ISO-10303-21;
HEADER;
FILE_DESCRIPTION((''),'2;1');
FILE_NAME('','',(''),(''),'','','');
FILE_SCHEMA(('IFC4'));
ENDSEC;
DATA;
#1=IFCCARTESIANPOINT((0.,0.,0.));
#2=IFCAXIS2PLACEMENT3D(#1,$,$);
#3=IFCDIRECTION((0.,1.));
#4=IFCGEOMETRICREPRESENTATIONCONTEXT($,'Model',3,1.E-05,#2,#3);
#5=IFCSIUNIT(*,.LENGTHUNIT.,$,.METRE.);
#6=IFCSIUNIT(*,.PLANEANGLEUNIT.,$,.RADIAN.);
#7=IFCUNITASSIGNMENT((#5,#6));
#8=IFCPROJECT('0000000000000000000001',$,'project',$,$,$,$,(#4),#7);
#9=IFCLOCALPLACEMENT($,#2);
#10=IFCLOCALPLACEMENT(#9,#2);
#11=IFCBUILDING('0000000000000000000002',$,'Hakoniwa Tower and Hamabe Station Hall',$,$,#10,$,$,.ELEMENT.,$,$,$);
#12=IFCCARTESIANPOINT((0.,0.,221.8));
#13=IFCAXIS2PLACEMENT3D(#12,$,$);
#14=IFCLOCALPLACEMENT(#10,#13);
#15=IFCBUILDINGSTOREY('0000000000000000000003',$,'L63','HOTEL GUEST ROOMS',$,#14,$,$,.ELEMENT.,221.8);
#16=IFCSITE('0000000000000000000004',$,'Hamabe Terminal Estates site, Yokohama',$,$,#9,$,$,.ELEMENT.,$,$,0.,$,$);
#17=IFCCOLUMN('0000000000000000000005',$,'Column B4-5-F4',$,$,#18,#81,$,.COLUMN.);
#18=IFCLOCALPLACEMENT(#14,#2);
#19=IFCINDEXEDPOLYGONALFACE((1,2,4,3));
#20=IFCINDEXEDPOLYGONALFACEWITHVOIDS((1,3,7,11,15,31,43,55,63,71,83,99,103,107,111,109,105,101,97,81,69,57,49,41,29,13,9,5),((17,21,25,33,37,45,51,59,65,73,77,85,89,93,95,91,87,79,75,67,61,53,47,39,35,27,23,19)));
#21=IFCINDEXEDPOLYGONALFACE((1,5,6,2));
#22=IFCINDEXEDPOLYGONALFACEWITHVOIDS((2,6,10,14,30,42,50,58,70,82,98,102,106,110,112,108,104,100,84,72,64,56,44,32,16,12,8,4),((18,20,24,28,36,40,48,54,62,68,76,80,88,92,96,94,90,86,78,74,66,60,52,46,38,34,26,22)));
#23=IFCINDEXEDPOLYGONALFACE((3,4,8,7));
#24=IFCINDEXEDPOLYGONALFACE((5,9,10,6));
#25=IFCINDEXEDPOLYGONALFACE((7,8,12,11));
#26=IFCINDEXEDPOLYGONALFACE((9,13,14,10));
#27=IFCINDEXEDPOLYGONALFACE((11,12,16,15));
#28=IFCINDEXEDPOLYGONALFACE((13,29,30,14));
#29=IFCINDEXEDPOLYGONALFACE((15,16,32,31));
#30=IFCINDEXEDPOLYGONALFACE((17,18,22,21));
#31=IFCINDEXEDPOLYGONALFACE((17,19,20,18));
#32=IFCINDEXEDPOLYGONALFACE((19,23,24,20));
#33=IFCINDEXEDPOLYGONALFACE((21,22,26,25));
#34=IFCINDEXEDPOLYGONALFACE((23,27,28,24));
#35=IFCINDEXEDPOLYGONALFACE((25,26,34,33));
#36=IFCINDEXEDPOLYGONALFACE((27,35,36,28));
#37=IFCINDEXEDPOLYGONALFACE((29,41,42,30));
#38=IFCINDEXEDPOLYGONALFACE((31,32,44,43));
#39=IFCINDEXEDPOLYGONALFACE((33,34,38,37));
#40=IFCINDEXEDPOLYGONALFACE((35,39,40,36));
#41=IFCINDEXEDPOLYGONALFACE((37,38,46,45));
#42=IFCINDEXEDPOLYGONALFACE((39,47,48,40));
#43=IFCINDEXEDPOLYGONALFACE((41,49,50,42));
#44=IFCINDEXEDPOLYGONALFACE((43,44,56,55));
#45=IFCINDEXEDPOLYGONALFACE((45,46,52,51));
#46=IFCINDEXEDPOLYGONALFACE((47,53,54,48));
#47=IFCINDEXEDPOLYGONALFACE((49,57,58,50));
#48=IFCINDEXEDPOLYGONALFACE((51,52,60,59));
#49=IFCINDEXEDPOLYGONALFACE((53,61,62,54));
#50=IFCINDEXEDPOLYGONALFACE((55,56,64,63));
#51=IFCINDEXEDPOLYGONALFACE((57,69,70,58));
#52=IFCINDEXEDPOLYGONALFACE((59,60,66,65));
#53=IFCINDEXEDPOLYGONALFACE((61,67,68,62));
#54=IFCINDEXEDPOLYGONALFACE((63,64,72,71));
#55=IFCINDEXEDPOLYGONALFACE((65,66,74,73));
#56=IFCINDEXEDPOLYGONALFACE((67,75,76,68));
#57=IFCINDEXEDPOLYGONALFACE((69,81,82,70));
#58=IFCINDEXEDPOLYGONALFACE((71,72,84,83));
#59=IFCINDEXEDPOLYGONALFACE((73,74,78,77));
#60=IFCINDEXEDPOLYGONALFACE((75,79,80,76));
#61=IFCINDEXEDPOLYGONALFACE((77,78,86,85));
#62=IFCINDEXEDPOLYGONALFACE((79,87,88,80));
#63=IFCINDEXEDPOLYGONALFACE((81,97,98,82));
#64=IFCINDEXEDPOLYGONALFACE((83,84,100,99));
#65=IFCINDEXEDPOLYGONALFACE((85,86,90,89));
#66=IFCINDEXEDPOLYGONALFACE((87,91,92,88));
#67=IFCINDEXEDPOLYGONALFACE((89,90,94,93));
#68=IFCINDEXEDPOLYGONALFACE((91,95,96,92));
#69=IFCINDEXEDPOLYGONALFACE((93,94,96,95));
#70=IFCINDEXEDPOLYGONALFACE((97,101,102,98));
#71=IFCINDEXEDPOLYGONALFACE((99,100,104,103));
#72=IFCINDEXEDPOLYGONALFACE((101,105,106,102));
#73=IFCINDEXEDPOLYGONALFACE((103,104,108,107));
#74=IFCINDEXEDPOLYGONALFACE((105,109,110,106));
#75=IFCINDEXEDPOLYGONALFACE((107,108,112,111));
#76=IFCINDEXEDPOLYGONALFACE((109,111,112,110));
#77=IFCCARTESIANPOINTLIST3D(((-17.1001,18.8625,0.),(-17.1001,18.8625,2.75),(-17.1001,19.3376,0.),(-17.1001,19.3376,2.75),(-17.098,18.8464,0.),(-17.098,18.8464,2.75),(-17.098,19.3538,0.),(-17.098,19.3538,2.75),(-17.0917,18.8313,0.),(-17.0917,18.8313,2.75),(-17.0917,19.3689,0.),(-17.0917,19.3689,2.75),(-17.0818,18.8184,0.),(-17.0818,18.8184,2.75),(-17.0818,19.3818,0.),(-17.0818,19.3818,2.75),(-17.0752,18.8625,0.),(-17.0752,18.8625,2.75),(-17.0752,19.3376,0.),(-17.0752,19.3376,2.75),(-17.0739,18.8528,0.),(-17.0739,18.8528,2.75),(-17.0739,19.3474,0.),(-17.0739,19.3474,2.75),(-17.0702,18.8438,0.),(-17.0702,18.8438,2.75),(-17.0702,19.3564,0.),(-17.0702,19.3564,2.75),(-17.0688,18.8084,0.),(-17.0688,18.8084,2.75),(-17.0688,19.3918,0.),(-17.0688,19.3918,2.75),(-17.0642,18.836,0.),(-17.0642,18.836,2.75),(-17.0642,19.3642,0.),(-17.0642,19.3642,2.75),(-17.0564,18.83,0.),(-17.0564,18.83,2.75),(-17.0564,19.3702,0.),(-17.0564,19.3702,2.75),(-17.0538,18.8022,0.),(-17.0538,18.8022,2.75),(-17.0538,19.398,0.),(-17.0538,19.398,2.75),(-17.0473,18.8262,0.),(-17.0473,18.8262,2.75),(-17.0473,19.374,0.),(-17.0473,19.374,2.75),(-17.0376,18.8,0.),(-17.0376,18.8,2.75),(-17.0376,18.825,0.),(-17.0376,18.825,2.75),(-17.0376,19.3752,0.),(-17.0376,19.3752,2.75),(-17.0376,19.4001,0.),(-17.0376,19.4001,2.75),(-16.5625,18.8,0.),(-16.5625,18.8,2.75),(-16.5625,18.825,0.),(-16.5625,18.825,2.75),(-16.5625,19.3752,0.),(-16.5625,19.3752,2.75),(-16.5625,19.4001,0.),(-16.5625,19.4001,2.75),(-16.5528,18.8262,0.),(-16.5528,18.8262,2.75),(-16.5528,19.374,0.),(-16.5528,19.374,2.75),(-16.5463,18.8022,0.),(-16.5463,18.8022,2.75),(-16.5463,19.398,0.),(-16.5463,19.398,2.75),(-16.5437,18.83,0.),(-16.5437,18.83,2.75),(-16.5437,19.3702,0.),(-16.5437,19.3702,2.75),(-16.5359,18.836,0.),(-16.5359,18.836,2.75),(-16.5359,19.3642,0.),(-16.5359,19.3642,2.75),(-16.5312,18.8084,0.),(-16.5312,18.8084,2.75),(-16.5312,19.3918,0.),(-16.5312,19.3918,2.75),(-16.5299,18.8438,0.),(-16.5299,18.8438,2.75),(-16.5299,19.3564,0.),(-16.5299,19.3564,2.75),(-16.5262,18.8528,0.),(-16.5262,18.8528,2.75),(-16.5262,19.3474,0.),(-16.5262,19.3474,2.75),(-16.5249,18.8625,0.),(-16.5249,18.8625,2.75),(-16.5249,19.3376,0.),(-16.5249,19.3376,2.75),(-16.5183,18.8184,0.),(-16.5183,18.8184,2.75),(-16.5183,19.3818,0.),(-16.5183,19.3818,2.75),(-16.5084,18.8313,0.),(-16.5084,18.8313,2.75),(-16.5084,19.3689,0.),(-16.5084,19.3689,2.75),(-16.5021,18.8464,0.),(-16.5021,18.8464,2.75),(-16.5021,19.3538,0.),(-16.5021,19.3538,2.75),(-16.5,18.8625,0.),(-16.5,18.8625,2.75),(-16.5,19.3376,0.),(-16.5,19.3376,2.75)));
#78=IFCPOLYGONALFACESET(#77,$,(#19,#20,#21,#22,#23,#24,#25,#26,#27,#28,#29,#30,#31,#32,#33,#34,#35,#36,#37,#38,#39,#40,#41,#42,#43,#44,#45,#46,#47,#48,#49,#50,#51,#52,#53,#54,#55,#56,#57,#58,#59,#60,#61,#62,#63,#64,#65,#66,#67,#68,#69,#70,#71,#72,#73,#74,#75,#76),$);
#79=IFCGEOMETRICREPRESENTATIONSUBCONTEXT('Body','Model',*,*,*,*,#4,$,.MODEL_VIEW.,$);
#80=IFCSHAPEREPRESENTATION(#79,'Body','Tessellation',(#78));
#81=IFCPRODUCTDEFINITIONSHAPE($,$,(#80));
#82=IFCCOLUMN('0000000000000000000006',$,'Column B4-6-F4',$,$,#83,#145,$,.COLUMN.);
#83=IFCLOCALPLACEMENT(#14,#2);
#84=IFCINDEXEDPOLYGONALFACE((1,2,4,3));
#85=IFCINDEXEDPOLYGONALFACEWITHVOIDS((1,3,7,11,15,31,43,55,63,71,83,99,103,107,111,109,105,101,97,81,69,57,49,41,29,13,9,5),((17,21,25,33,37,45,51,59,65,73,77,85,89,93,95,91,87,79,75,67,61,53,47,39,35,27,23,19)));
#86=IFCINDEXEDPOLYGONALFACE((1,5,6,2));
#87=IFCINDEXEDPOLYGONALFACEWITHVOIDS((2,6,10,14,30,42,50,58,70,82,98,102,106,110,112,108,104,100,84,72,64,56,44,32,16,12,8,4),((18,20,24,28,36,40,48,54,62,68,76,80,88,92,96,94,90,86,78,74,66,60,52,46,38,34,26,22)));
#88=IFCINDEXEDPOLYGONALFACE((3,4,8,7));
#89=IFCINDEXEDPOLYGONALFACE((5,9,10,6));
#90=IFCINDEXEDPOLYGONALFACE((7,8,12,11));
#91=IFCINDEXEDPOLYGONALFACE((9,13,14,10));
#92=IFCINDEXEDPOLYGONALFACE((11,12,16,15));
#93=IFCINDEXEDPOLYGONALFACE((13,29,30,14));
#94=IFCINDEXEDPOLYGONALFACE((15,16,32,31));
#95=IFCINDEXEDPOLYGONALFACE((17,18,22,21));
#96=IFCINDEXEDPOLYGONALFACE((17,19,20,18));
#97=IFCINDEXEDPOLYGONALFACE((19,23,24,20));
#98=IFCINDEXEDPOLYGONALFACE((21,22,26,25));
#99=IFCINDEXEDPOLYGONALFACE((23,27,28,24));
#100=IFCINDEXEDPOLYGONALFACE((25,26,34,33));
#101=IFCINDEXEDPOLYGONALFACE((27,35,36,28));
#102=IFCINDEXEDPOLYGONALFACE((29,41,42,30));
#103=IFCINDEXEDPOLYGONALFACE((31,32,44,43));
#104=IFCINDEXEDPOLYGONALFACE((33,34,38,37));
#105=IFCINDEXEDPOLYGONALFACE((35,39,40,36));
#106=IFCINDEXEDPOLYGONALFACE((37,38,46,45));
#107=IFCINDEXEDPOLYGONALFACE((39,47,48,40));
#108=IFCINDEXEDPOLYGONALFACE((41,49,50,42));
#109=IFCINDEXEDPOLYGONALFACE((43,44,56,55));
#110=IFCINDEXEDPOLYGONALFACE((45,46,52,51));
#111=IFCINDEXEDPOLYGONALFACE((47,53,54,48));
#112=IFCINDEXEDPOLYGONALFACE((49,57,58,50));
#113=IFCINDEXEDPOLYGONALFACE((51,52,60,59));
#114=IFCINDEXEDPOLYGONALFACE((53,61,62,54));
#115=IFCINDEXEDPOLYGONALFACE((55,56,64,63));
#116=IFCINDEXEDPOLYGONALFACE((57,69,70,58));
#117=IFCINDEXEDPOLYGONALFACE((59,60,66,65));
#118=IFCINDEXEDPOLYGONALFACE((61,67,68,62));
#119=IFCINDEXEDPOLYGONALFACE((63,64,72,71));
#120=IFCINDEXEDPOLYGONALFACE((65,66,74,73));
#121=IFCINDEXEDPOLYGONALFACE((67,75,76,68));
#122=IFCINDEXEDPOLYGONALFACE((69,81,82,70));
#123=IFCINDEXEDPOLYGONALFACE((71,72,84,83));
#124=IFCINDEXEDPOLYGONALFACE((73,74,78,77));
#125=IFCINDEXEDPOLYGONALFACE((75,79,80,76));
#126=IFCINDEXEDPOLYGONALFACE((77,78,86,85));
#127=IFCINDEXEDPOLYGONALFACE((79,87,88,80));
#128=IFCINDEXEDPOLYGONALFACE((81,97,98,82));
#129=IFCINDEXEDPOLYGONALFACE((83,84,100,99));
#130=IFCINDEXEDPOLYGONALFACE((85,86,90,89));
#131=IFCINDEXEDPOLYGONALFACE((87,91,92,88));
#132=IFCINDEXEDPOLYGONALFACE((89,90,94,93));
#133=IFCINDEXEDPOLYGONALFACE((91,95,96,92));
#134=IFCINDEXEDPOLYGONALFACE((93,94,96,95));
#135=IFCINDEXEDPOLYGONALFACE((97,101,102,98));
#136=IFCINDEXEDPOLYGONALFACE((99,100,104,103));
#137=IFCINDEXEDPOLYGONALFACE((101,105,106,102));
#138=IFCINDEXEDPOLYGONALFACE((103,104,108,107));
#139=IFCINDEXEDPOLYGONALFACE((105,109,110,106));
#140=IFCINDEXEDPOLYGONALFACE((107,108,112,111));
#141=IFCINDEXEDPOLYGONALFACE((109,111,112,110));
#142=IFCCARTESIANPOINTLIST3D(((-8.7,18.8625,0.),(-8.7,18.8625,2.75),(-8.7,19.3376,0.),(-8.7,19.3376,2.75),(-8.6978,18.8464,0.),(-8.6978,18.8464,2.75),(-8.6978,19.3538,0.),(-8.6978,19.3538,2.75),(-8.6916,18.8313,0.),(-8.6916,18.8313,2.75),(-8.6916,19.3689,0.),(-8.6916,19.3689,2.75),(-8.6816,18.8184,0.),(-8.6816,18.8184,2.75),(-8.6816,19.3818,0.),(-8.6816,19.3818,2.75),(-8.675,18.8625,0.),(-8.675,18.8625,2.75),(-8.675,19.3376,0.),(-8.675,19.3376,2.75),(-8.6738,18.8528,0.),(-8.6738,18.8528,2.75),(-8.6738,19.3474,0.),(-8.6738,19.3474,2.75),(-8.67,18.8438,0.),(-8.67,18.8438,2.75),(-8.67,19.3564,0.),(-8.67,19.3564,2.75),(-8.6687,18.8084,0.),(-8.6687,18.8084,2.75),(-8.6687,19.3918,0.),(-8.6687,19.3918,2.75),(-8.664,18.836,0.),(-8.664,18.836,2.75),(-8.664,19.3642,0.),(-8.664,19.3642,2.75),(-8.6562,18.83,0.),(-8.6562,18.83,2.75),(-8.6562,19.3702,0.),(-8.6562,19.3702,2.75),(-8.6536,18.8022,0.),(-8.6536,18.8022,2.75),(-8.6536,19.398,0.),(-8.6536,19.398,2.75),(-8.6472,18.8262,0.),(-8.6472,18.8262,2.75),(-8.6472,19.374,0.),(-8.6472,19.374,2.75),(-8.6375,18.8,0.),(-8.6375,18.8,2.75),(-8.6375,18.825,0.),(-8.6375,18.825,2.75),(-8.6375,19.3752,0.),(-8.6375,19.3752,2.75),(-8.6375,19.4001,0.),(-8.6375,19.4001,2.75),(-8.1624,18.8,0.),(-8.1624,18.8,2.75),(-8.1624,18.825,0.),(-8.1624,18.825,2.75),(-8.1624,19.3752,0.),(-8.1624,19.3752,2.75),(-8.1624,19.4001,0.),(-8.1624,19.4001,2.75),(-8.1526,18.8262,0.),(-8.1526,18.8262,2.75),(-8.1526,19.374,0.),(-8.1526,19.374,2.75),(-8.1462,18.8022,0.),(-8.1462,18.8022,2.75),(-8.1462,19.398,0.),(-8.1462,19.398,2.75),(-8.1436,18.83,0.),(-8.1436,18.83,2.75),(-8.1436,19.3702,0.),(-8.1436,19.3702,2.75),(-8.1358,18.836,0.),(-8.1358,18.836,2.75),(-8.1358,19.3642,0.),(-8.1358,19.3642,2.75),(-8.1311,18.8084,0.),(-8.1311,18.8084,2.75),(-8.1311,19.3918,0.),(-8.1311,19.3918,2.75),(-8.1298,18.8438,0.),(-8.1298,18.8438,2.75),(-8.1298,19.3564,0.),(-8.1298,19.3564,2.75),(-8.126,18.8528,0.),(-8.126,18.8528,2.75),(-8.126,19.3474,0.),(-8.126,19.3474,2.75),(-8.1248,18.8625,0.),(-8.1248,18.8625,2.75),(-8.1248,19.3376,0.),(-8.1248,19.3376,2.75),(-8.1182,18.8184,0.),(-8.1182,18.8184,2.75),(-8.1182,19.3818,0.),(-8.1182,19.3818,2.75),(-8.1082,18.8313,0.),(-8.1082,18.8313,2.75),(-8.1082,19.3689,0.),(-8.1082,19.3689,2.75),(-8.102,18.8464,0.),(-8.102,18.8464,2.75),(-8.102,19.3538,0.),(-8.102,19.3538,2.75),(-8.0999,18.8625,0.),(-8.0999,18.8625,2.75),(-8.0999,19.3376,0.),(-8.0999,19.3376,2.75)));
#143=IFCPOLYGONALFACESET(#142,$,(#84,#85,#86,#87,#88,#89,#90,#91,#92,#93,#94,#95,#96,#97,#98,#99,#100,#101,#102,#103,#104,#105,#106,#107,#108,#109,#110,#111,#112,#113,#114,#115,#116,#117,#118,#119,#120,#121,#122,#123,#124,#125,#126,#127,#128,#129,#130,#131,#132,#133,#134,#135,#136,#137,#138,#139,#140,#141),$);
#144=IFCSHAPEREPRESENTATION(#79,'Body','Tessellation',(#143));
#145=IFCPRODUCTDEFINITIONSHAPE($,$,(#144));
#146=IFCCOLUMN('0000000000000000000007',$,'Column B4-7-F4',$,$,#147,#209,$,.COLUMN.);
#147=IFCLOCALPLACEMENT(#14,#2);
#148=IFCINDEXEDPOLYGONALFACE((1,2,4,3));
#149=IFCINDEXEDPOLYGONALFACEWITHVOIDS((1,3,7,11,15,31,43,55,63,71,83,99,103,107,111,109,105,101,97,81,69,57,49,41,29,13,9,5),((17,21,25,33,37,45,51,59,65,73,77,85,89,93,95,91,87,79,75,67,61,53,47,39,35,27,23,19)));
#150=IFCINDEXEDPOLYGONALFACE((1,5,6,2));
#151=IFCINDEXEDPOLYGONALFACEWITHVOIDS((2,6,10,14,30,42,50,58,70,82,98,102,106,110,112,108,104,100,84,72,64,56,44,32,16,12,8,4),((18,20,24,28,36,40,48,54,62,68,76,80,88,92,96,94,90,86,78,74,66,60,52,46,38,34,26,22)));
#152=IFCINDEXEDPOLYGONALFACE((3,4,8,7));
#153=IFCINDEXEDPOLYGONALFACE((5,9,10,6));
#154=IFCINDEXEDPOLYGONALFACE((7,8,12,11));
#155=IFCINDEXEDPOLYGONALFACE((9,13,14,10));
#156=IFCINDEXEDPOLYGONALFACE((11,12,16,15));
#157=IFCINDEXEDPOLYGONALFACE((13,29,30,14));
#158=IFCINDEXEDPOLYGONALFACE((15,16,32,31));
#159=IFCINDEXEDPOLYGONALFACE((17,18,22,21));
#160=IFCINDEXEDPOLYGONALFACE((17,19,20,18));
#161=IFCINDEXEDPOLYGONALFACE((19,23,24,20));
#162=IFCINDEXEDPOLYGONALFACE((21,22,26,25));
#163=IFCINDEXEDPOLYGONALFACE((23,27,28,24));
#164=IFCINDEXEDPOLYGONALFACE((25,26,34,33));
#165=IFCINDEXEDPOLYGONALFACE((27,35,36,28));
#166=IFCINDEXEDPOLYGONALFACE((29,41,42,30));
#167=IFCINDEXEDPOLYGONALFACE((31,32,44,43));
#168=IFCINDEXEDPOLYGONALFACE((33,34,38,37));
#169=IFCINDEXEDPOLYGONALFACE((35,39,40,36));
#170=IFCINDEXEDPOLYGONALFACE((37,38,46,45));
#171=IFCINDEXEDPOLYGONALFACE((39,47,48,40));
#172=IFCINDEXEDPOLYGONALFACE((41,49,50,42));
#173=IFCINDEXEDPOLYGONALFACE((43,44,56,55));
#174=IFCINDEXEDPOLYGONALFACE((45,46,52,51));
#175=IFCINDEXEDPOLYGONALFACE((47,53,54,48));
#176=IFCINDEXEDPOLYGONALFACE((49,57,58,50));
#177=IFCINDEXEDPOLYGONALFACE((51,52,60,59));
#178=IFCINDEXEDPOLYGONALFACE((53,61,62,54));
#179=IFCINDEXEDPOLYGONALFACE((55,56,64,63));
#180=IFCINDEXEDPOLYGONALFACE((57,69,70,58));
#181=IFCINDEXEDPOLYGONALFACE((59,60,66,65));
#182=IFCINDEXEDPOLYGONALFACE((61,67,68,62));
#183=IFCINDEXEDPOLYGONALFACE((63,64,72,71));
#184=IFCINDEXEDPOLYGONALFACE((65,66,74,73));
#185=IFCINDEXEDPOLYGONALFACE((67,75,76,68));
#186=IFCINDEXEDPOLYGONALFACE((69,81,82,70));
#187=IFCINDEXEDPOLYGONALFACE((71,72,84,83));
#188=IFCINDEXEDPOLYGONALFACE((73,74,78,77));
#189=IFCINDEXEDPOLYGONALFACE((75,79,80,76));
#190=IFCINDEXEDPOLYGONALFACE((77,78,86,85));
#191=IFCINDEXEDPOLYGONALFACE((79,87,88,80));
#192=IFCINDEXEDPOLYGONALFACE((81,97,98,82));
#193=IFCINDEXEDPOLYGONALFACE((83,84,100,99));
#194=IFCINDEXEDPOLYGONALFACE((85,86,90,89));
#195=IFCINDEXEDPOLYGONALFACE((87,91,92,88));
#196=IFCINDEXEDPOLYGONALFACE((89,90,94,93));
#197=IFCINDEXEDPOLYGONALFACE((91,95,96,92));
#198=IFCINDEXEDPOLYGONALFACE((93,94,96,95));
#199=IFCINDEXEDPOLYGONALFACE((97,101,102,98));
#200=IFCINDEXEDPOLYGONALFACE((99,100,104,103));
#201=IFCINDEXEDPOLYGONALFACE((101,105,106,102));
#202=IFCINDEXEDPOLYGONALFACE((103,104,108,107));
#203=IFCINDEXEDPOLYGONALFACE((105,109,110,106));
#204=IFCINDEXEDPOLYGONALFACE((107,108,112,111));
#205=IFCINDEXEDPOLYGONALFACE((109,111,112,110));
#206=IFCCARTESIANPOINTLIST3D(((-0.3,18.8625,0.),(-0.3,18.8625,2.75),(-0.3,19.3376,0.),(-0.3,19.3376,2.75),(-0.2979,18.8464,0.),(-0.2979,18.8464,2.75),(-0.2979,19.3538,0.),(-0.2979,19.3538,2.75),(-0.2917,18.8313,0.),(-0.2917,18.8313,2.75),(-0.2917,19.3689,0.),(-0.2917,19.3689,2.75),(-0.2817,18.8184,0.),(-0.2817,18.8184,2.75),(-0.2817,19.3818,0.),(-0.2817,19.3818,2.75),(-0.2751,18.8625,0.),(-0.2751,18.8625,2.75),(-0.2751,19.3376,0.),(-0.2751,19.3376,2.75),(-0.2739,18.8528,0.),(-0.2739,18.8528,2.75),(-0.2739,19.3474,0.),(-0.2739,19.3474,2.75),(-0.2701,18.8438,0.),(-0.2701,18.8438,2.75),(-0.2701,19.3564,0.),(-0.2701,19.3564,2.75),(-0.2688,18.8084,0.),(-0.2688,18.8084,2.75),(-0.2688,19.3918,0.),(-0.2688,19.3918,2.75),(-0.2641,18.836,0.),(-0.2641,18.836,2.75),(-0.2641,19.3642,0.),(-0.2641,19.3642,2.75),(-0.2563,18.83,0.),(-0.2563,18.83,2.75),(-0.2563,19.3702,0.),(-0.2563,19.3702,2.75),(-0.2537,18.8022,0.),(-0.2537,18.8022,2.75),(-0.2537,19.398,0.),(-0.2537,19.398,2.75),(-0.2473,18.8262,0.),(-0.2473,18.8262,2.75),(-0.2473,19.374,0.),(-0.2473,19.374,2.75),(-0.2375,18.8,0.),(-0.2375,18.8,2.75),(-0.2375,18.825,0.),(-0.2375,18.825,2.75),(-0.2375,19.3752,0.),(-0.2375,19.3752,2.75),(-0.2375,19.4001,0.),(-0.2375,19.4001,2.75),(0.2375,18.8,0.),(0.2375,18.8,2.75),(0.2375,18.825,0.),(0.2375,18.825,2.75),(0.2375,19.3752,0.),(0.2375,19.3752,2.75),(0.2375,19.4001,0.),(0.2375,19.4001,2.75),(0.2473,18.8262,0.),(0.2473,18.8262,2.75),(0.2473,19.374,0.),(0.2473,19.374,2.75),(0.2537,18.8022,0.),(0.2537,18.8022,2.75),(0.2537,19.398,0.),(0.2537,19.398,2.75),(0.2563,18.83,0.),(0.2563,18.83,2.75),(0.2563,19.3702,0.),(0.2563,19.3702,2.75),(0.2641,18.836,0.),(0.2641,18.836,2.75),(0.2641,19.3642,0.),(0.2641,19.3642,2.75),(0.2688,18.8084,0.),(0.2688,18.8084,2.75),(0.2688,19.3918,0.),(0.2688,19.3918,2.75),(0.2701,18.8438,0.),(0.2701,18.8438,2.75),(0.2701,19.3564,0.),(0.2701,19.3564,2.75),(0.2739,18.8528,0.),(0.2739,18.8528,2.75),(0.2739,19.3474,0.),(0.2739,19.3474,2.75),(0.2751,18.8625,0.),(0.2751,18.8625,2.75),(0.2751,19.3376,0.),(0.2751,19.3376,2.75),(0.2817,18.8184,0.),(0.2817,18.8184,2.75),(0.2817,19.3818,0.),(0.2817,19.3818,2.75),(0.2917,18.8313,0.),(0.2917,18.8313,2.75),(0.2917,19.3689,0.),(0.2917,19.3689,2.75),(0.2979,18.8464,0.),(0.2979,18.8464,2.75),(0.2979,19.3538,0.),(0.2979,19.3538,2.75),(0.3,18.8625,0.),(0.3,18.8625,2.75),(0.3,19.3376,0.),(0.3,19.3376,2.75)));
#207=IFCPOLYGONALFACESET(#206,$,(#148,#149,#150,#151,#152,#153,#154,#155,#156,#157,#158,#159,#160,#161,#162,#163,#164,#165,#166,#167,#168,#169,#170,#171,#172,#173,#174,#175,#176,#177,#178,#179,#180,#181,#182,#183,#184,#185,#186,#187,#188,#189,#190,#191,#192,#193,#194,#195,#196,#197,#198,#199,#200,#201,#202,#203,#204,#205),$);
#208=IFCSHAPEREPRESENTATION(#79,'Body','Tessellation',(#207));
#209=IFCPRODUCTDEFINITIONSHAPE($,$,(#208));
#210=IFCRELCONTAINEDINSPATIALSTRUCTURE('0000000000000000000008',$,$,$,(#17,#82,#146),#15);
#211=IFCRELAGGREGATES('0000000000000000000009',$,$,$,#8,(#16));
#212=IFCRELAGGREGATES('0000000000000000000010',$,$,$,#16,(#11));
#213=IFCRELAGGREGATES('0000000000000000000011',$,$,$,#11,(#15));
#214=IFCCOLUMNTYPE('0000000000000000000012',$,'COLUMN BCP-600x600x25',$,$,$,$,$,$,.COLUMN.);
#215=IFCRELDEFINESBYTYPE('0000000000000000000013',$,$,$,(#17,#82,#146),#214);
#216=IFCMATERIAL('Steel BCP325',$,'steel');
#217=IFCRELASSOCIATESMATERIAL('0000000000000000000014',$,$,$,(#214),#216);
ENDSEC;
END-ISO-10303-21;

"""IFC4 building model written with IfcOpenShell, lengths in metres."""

from ifc_helpers import new_model, si_unit, direction, frame, origin, origin_2d, place, context, subcontext, project, spatial, hollow_rectangle, extrude, material, material_profile, profile_set, type_object, element, save


model = new_model("IFC4")

# Units and contexts
model_context = context("Model", 3, precision=1e-05, world=origin(), true_north=direction((0.0, 1.0)))
body_context = subcontext(model_context, "Body", "Model", "MODEL_VIEW")
ifc_project = project(units=[si_unit("LENGTHUNIT", "METRE"), si_unit("PLANEANGLEUNIT", "RADIAN")], contexts=[model_context])

# Site, building, storey
site_placement = place(None, origin())
site = spatial("IfcSite", under=ifc_project, at=site_placement, Name="Hamabe Terminal Estates site, Yokohama", CompositionType="ELEMENT", RefElevation=0.0)
building_placement = place(site_placement, origin())
building = spatial("IfcBuilding", under=site, at=building_placement, Name="Hakoniwa Tower and Hamabe Station Hall", CompositionType="ELEMENT")
storey_placement = place(building_placement, frame((0.0, 0.0, 221.8)))
storey = spatial("IfcBuildingStorey", under=building, at=storey_placement, Name="L63", Description="HOTEL GUEST ROOMS", CompositionType="ELEMENT", Elevation=221.8)

# Columns
ifc_material_1 = material(Name="Steel BCP325", Category="steel")
ifc_material_profile_1 = material_profile(ifc_material_1, hollow_rectangle(XDim=0.6001, YDim=0.6001, WallThickness=0.0249, InnerFilletRadius=0.0376, OuterFilletRadius=0.0625, at=origin_2d()), Name="BCP-600x600x25")
ifc_profile_set_1 = profile_set([ifc_material_profile_1], Name="Steel BCP325")
column_type_1 = type_object("IfcColumnType", Name="COLUMN BCP-600x600x25", PredefinedType="COLUMN", material=ifc_profile_set_1)
for number, where, z_axis, x_axis, name in (
    (1, (-16.8, 19.1001, 0.0), (0.0, 0.0, 1.0), (1.0, 0.0, 0.0), "Column B4-5-F4"),
    (2, (-8.3999, 19.1001, 0.0), (0.0, 0.0, 1.0), (1.0, 0.0, 0.0), "Column B4-6-F4"),
    (3, (0.0, 19.1001, 0.0), (0.0, 0.0, 1.0), (1.0, 0.0, 0.0), "Column B4-7-F4"),
):
    element("IfcColumn", number, at=place(storey_placement, frame(where, z_axis=z_axis, x_axis=x_axis)), inside=storey, type_object=column_type_1, Name=name, PredefinedType="COLUMN", context=body_context, shape_type="SweptSolid", body=[
        extrude(hollow_rectangle(XDim=0.6001, YDim=0.6001, WallThickness=0.0249, InnerFilletRadius=0.0376, OuterFilletRadius=0.0625, at=origin_2d()), origin(), (0.0, 0.0, 1.0), 2.75),
    ])

save(model, "model.ifc")
